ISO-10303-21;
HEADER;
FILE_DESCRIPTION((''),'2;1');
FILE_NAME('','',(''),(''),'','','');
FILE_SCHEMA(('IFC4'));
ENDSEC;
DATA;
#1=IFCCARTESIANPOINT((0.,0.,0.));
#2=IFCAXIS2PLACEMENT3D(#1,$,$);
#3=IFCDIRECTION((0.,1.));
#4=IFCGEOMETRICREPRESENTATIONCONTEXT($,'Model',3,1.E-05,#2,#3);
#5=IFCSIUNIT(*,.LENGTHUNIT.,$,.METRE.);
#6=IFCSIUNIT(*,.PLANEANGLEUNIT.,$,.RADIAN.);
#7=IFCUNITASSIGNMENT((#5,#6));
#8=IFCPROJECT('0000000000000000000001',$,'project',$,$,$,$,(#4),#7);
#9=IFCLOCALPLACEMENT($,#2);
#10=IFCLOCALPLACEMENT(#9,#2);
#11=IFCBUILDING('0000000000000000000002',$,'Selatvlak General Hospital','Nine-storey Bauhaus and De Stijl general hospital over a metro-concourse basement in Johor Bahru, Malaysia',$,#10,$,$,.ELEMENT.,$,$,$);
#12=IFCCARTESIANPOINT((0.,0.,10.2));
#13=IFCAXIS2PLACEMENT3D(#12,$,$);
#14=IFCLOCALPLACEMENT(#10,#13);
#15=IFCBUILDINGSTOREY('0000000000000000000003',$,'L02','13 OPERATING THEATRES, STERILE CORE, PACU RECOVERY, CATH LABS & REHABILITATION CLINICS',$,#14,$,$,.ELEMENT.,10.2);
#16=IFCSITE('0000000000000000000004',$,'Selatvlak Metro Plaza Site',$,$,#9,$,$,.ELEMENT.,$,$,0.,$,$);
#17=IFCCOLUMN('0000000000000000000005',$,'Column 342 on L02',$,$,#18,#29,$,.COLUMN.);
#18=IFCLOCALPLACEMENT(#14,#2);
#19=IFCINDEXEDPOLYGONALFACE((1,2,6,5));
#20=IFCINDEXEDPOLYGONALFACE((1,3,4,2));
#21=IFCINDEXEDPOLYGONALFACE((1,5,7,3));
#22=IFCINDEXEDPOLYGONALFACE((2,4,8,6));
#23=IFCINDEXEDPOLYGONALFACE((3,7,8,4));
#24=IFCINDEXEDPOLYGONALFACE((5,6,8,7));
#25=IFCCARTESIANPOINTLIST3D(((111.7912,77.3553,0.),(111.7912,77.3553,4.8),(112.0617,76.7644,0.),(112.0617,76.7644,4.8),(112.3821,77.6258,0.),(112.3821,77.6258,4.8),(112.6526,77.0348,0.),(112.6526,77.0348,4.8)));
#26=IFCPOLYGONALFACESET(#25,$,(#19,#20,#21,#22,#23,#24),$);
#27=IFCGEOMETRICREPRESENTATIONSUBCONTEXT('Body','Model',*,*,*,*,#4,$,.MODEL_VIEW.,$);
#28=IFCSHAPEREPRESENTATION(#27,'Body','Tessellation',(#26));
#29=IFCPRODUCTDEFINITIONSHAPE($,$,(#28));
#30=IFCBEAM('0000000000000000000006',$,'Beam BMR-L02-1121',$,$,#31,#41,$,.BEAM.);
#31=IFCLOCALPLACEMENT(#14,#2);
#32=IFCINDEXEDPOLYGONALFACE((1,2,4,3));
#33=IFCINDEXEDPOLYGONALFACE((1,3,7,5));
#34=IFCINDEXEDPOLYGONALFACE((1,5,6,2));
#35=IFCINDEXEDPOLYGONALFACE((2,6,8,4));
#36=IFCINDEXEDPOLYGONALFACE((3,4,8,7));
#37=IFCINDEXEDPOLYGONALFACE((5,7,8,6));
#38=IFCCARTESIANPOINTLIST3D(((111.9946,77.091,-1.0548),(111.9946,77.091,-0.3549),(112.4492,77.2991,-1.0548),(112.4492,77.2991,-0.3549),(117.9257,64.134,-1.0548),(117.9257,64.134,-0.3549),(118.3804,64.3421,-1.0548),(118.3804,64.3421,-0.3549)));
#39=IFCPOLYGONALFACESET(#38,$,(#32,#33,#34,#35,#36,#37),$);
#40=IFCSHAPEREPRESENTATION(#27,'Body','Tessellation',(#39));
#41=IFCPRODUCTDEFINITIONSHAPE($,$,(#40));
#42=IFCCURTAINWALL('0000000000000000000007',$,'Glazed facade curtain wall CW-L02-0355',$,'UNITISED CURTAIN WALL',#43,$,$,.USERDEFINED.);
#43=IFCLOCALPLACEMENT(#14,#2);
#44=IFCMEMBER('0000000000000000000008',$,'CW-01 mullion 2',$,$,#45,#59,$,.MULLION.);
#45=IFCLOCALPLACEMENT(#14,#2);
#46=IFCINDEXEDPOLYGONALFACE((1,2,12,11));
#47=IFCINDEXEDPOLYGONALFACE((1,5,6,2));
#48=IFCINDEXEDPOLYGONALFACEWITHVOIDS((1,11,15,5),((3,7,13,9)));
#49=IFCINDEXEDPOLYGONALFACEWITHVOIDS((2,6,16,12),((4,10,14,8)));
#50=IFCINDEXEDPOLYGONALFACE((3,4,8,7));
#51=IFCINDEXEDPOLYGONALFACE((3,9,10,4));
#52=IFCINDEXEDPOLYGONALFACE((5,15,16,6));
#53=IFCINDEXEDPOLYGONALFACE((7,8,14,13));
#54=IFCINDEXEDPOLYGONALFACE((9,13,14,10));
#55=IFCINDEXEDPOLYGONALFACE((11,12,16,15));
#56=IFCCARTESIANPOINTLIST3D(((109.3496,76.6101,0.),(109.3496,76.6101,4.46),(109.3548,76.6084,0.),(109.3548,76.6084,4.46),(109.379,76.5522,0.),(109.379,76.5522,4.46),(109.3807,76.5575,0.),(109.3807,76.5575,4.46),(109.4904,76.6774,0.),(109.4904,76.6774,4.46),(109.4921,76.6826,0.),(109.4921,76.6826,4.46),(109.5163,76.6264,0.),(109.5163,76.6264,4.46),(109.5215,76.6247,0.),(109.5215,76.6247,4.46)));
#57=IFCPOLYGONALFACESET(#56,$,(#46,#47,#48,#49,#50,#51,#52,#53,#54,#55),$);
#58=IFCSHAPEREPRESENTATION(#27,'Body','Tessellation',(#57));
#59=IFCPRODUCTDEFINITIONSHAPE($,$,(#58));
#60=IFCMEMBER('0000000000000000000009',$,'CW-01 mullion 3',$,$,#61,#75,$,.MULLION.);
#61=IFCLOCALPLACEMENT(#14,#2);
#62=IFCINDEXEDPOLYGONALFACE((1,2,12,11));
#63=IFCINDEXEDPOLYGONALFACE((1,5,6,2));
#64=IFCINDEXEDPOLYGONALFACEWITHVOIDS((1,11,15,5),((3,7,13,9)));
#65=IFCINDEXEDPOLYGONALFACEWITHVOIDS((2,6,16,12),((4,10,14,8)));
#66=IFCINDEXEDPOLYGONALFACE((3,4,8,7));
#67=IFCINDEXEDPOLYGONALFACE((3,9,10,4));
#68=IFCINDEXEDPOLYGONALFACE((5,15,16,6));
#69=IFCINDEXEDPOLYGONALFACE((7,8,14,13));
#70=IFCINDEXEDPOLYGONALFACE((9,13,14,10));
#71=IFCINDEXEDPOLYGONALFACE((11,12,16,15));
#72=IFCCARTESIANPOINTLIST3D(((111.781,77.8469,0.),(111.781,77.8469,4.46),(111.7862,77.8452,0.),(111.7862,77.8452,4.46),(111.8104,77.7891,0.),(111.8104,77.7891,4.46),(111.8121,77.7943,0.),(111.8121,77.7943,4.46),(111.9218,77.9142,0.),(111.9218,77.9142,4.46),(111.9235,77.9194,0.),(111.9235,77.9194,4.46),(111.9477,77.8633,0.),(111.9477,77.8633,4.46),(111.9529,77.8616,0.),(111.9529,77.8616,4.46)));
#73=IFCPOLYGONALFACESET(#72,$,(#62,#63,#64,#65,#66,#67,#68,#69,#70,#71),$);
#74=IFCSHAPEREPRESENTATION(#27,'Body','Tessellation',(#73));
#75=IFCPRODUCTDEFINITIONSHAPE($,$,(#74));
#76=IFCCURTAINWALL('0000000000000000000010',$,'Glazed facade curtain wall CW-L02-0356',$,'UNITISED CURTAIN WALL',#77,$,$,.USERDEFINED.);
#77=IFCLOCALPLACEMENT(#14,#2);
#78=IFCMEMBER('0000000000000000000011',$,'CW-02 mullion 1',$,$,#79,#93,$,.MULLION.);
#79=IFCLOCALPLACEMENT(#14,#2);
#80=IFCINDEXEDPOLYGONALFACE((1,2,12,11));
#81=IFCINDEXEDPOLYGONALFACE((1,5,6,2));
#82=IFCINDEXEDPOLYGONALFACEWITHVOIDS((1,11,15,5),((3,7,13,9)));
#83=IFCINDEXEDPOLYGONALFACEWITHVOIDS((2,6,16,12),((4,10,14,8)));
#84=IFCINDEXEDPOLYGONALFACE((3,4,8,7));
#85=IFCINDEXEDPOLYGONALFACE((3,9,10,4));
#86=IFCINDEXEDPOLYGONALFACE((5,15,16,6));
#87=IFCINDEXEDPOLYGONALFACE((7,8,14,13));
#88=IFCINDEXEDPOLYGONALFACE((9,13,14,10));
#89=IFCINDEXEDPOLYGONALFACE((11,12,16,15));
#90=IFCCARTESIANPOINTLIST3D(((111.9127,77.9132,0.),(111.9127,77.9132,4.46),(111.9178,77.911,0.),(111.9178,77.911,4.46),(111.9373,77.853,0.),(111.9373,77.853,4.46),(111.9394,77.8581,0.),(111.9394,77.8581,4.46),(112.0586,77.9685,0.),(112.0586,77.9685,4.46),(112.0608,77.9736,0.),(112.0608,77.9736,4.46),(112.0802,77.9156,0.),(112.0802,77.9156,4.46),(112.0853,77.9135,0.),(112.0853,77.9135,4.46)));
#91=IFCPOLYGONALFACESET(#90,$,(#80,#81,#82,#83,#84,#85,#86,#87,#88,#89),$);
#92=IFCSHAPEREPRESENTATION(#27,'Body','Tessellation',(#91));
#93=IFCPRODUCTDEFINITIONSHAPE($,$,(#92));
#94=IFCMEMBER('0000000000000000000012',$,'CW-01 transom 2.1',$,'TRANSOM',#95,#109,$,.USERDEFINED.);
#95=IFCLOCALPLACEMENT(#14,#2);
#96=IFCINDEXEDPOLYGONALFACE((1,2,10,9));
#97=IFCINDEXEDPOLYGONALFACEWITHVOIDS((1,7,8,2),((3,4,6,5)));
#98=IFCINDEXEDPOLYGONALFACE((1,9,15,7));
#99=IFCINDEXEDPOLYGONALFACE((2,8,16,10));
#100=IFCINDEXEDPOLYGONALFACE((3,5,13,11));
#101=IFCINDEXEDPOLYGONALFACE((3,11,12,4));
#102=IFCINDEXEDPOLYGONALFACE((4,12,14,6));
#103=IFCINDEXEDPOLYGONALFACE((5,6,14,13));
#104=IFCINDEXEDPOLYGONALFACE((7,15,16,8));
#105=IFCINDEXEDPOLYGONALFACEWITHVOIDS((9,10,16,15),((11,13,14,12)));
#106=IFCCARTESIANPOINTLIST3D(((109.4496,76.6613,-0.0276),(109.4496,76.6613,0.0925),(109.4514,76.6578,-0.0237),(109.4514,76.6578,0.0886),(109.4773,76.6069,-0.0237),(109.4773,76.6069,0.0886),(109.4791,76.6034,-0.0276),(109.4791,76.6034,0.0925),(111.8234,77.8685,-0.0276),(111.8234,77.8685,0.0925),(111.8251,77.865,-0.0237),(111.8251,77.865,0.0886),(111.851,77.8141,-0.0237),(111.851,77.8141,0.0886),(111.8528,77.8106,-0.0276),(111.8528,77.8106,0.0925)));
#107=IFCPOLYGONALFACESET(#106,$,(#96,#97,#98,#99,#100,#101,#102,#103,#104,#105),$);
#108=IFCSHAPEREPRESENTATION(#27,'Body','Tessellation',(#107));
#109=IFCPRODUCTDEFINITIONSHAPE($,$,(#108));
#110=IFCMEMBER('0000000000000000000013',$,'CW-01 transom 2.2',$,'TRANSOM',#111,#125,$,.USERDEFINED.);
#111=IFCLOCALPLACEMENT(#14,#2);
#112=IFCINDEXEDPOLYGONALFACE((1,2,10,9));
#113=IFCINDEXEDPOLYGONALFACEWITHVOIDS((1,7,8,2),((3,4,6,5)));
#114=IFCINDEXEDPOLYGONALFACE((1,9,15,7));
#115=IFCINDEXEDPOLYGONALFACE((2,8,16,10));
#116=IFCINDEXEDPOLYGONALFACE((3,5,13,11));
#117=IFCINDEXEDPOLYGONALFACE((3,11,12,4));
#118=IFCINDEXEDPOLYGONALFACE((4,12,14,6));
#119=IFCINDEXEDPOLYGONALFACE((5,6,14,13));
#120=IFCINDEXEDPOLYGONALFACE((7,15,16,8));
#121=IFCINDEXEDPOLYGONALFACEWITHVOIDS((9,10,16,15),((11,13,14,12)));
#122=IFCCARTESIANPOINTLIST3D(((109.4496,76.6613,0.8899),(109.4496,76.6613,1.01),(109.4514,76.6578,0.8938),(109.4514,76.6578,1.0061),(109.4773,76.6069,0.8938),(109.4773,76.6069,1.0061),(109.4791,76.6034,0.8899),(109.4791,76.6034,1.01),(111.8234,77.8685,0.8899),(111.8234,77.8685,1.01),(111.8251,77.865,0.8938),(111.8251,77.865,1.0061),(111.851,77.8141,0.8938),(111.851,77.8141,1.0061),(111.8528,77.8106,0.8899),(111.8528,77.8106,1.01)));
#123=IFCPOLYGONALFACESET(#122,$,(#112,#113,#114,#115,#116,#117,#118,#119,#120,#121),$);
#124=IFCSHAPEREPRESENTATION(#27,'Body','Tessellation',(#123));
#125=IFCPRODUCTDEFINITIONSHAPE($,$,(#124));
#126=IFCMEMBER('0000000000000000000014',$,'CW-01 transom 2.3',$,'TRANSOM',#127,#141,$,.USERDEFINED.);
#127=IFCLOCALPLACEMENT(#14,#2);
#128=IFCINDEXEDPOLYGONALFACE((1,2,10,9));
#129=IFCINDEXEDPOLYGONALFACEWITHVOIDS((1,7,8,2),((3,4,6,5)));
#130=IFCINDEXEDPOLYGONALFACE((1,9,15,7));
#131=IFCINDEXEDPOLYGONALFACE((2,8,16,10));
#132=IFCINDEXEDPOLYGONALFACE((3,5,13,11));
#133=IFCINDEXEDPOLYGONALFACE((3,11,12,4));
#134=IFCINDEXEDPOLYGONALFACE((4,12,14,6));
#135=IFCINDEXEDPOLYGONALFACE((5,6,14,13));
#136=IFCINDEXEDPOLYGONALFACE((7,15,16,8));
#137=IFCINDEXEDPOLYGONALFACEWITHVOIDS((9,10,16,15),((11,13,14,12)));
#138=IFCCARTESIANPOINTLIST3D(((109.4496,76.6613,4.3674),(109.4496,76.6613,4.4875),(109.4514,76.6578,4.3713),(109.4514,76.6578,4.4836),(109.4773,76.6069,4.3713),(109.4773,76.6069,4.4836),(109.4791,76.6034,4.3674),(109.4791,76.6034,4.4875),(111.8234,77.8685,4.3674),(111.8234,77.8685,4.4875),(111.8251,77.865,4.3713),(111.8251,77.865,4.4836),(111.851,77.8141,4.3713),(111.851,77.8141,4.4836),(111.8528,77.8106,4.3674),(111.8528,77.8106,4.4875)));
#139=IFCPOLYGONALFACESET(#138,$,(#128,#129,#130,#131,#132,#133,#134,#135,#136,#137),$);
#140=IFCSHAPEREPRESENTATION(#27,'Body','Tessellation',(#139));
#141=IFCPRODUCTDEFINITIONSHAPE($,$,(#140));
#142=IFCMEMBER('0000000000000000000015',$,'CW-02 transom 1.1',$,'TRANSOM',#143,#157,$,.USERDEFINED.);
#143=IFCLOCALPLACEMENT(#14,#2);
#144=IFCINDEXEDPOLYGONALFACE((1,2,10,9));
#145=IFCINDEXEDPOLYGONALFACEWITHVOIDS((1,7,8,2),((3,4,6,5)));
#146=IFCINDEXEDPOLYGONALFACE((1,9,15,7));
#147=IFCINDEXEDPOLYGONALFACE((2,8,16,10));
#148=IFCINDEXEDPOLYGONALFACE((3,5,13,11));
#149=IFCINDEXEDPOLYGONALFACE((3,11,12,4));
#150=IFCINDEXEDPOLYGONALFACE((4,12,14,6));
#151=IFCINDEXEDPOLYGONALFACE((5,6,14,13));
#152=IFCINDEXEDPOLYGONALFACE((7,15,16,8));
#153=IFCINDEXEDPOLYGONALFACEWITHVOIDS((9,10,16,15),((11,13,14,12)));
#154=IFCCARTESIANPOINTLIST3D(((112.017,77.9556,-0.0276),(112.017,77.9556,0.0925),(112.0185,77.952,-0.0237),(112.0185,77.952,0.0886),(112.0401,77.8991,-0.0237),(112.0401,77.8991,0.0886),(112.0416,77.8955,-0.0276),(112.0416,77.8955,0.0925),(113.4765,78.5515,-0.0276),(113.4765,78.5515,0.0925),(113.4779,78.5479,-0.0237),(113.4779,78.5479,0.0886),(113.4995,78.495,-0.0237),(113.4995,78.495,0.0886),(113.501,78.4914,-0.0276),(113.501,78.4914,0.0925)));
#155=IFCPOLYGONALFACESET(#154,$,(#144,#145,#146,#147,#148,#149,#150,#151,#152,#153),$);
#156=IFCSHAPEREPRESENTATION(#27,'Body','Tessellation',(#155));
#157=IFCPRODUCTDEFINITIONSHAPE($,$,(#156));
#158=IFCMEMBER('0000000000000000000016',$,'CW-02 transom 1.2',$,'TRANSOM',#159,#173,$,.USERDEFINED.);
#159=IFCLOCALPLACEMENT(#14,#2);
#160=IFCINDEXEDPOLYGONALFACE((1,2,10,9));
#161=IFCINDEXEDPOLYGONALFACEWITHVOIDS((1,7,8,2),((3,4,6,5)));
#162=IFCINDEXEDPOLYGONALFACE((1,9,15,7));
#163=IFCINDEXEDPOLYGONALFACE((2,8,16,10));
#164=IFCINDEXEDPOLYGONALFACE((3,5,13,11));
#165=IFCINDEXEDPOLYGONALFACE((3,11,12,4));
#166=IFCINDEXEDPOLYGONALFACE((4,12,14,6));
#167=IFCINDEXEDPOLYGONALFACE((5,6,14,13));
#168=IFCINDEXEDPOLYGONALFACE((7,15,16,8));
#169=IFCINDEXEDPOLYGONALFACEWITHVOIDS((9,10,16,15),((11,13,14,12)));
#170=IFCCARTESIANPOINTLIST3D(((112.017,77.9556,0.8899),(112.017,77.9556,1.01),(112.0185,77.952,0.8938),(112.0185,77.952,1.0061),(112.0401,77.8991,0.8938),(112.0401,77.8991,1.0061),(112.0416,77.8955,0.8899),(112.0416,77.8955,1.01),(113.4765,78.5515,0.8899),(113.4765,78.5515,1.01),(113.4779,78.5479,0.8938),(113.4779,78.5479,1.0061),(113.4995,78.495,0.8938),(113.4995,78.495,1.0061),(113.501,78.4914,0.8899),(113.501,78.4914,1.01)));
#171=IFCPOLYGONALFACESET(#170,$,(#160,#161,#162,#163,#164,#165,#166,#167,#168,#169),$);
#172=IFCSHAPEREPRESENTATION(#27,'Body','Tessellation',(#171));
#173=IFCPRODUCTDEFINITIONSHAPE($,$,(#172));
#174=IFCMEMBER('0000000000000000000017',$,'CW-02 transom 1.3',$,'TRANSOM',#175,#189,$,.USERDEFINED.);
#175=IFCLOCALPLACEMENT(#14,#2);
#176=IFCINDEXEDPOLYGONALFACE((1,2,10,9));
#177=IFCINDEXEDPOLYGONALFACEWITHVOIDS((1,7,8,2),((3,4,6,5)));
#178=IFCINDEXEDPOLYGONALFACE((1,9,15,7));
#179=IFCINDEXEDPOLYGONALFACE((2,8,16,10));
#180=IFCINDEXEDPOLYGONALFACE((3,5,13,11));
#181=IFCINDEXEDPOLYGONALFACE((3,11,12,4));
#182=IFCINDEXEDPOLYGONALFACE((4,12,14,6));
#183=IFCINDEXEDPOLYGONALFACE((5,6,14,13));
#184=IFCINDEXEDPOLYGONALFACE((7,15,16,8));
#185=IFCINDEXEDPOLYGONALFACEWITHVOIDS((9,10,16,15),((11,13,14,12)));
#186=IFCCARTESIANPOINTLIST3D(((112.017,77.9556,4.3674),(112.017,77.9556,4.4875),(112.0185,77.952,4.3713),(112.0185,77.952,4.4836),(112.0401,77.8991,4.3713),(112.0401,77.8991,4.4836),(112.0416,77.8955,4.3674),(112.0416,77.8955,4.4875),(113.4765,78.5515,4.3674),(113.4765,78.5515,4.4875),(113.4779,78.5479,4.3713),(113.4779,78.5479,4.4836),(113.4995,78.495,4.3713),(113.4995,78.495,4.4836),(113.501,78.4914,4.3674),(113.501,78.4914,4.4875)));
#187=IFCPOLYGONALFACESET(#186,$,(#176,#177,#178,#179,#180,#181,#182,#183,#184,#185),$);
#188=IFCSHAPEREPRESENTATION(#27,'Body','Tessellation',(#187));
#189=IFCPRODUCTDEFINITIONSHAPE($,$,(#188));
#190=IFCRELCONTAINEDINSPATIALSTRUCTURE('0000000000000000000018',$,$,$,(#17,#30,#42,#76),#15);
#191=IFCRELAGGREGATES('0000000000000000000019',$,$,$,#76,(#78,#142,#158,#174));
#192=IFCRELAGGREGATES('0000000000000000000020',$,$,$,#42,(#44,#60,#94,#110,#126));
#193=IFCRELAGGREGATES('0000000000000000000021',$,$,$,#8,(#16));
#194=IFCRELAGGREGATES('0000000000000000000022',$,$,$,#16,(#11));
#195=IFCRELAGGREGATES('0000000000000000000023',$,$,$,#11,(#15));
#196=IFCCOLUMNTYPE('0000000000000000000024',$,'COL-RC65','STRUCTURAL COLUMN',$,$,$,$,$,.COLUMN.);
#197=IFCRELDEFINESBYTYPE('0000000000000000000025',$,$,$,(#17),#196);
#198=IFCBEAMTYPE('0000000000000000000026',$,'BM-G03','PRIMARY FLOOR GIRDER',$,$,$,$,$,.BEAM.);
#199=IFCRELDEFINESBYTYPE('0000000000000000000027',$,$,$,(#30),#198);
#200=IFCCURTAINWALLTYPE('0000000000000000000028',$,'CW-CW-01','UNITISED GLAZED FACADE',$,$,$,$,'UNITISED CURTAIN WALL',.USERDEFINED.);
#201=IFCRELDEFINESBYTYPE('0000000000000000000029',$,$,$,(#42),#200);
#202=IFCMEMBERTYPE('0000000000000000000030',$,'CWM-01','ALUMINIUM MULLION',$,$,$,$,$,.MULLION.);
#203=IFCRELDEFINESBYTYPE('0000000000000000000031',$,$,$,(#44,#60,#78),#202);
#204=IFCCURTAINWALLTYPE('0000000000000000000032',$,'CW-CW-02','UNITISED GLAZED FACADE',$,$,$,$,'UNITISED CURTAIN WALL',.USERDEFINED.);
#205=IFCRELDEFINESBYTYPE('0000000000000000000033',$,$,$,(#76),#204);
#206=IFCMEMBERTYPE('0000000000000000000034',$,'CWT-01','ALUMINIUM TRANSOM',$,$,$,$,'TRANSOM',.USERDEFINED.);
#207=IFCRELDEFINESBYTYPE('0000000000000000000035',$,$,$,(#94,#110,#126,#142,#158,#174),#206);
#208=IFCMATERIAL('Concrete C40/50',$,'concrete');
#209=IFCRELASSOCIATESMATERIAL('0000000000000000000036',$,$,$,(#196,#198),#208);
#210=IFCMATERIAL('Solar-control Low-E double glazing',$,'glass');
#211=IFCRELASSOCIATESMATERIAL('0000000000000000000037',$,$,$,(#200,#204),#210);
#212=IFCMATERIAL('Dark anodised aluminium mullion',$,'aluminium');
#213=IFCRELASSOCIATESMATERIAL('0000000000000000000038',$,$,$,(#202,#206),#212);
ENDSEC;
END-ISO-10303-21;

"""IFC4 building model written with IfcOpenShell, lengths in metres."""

from ifc_helpers import new_model, si_unit, direction, frame, origin, origin_2d, place, context, subcontext, project, spatial, rectangle, hollow_rectangle, extrude, material, material_profile, profile_set, type_object, element, aggregate, save


model = new_model("IFC4")

# Units and contexts
model_context = context("Model", 3, precision=1e-05, world=origin(), true_north=direction((0.0, 1.0)))
body_context = subcontext(model_context, "Body", "Model", "MODEL_VIEW")
ifc_project = project(units=[si_unit("LENGTHUNIT", "METRE"), si_unit("PLANEANGLEUNIT", "RADIAN")], contexts=[model_context])

# Site, building, storey
site_placement = place(None, origin())
site = spatial("IfcSite", under=ifc_project, at=site_placement, Name="Selatvlak Metro Plaza Site", CompositionType="ELEMENT", RefElevation=0.0)
building_placement = place(site_placement, origin())
building = spatial("IfcBuilding", under=site, at=building_placement, Name="Selatvlak General Hospital", Description="Nine-storey Bauhaus and De Stijl general hospital over a metro-concourse basement in Johor Bahru, Malaysia", CompositionType="ELEMENT")
storey_placement = place(building_placement, frame((0.0, 0.0, 10.2)))
storey = spatial("IfcBuildingStorey", under=building, at=storey_placement, Name="L02", Description="13 OPERATING THEATRES, STERILE CORE, PACU RECOVERY, CATH LABS & REHABILITATION CLINICS", CompositionType="ELEMENT", Elevation=10.2)

# Column
ifc_material_1 = material(Name="Concrete C40/50", Category="concrete")
ifc_material_profile_1 = material_profile(ifc_material_1, rectangle(XDim=0.6499, YDim=0.6499, at=origin_2d()), Name="RC-COL 650x650")
ifc_profile_set_1 = profile_set([ifc_material_profile_1], Name="Concrete C40/50")
column_type = type_object("IfcColumnType", Name="COL-RC65", Description="STRUCTURAL COLUMN", PredefinedType="COLUMN", material=ifc_profile_set_1)
column_placement = place(storey_placement, frame((112.2219, 77.1951, 0.0), z_axis=(0.0, 0.0, 1.0), x_axis=(-0.416201, 0.909272, 0.0)))
element("IfcColumn", 1, at=column_placement, inside=storey, type_object=column_type, Name="Column 342 on L02", PredefinedType="COLUMN", context=body_context, shape_type="SweptSolid", body=[
    extrude(rectangle(XDim=0.6499, YDim=0.6499, at=origin_2d()), origin(), (0.0, 0.0, 1.0), 4.8),
])

# Beam
ifc_material_profile_2 = material_profile(ifc_material_1, rectangle(XDim=0.5, YDim=0.7, at=origin_2d()), Name="RC-BM 500x700")
ifc_profile_set_2 = profile_set([ifc_material_profile_2], Name="Concrete C40/50")
beam_type = type_object("IfcBeamType", Name="BM-G03", Description="PRIMARY FLOOR GIRDER", PredefinedType="BEAM", material=ifc_profile_set_2)
beam_placement = place(storey_placement, frame((112.2219, 77.1951, -0.7048), z_axis=(0.41622, -0.909264, 0.0), x_axis=(0.909264, 0.41622, 0.0)))
element("IfcBeam", 2, at=beam_placement, inside=storey, type_object=beam_type, Name="Beam BMR-L02-1121", PredefinedType="BEAM", context=body_context, shape_type="SweptSolid", body=[
    extrude(rectangle(XDim=0.5, YDim=0.7, at=origin_2d()), origin(), (0.0, 0.0, 1.0), 14.25),
])

# Curtain wall, members
ifc_material_2 = material(Name="Solar-control Low-E double glazing", Category="glass")
curtain_wall_type_1 = type_object("IfcCurtainWallType", Name="CW-CW-01", Description="UNITISED GLAZED FACADE", ElementType="UNITISED CURTAIN WALL", PredefinedType="USERDEFINED", material=ifc_material_2)
curtain_wall_1_placement = place(storey_placement, origin())
curtain_wall_1 = element("IfcCurtainWall", 3, at=curtain_wall_1_placement, inside=storey, type_object=curtain_wall_type_1, Name="Glazed facade curtain wall CW-L02-0355", ObjectType="UNITISED CURTAIN WALL", PredefinedType="USERDEFINED")
ifc_material_3 = material(Name="Dark anodised aluminium mullion", Category="aluminium")
ifc_material_profile_3 = material_profile(ifc_material_3, hollow_rectangle(XDim=0.0649, YDim=0.1599, WallThickness=0.0039, at=origin_2d()), Name="AL-MUL 65x160x4")
ifc_profile_set_3 = profile_set([ifc_material_profile_3], Name="Dark anodised aluminium mullion")
member_type_1 = type_object("IfcMemberType", Name="CWM-01", Description="ALUMINIUM MULLION", PredefinedType="MULLION", material=ifc_profile_set_3)
member_1_placement = place(storey_placement, frame((109.4355, 76.6174, 0.0), z_axis=(0.0, 0.0, 1.0), x_axis=(-0.453361, 0.891327, 0.0)))
member_1 = element("IfcMember", 4, at=member_1_placement, type_object=member_type_1, Name="CW-01 mullion 2", PredefinedType="MULLION", context=body_context, shape_type="SweptSolid", body=[
    extrude(hollow_rectangle(XDim=0.0649, YDim=0.1599, WallThickness=0.0039, at=origin_2d()), origin(), (0.0, 0.0, 1.0), 4.46),
])
member_2_placement = place(storey_placement, frame((111.8669, 77.8542, 0.0), z_axis=(0.0, 0.0, 1.0), x_axis=(-0.453361, 0.891327, 0.0)))
member_2 = element("IfcMember", 5, at=member_2_placement, type_object=member_type_1, Name="CW-01 mullion 3", PredefinedType="MULLION", context=body_context, shape_type="SweptSolid", body=[
    extrude(hollow_rectangle(XDim=0.0649, YDim=0.1599, WallThickness=0.0039, at=origin_2d()), origin(), (0.0, 0.0, 1.0), 4.46),
])

# Curtain wall, member
curtain_wall_type_2 = type_object("IfcCurtainWallType", Name="CW-CW-02", Description="UNITISED GLAZED FACADE", ElementType="UNITISED CURTAIN WALL", PredefinedType="USERDEFINED", material=ifc_material_2)
curtain_wall_2_placement = place(storey_placement, origin())
curtain_wall_2 = element("IfcCurtainWall", 6, at=curtain_wall_2_placement, inside=storey, type_object=curtain_wall_type_2, Name="Glazed facade curtain wall CW-L02-0356", ObjectType="UNITISED CURTAIN WALL", PredefinedType="USERDEFINED")
member_3_placement = place(storey_placement, frame((111.999, 77.9133, 0.0), z_axis=(0.0, 0.0, 1.0), x_axis=(-0.377948, 0.925827, 0.0)))
member_3 = element("IfcMember", 7, at=member_3_placement, type_object=member_type_1, Name="CW-02 mullion 1", PredefinedType="MULLION", context=body_context, shape_type="SweptSolid", body=[
    extrude(hollow_rectangle(XDim=0.0649, YDim=0.1599, WallThickness=0.0039, at=origin_2d()), origin(), (0.0, 0.0, 1.0), 4.46),
])

# Members
ifc_material_profile_4 = material_profile(ifc_material_3, hollow_rectangle(XDim=0.0649, YDim=0.1201, WallThickness=0.0039, at=origin_2d()), Name="AL-TRN 65x120x4")
ifc_profile_set_4 = profile_set([ifc_material_profile_4], Name="Dark anodised aluminium mullion")
member_type_2 = type_object("IfcMemberType", Name="CWT-01", Description="ALUMINIUM TRANSOM", ElementType="TRANSOM", PredefinedType="USERDEFINED", material=ifc_profile_set_4)
member_4_placement = place(storey_placement, frame((109.4644, 76.6323, 0.0325), z_axis=(0.891344, 0.453327, 0.0), x_axis=(-0.453327, 0.891344, 0.0)))
member_4 = element("IfcMember", 8, at=member_4_placement, type_object=member_type_2, Name="CW-01 transom 2.1", ObjectType="TRANSOM", PredefinedType="USERDEFINED", context=body_context, shape_type="SweptSolid", body=[
    extrude(hollow_rectangle(XDim=0.0649, YDim=0.1201, WallThickness=0.0039, at=origin_2d()), origin(), (0.0, 0.0, 1.0), 2.6631),
])
member_5_placement = place(storey_placement, frame((109.4644, 76.6323, 0.95), z_axis=(0.891344, 0.453327, 0.0), x_axis=(-0.453327, 0.891344, 0.0)))
member_5 = element("IfcMember", 9, at=member_5_placement, type_object=member_type_2, Name="CW-01 transom 2.2", ObjectType="TRANSOM", PredefinedType="USERDEFINED", context=body_context, shape_type="SweptSolid", body=[
    extrude(hollow_rectangle(XDim=0.0649, YDim=0.1201, WallThickness=0.0039, at=origin_2d()), origin(), (0.0, 0.0, 1.0), 2.6631),
])
member_6_placement = place(storey_placement, frame((109.4644, 76.6323, 4.4275), z_axis=(0.891344, 0.453327, 0.0), x_axis=(-0.453327, 0.891344, 0.0)))
member_6 = element("IfcMember", 10, at=member_6_placement, type_object=member_type_2, Name="CW-01 transom 2.3", ObjectType="TRANSOM", PredefinedType="USERDEFINED", context=body_context, shape_type="SweptSolid", body=[
    extrude(hollow_rectangle(XDim=0.0649, YDim=0.1201, WallThickness=0.0039, at=origin_2d()), origin(), (0.0, 0.0, 1.0), 2.6631),
])
member_7_placement = place(storey_placement, frame((112.0293, 77.9255, 0.0325), z_axis=(0.925793, 0.37803, 0.0), x_axis=(-0.37803, 0.925793, 0.0)))
member_7 = element("IfcMember", 11, at=member_7_placement, type_object=member_type_2, Name="CW-02 transom 1.1", ObjectType="TRANSOM", PredefinedType="USERDEFINED", context=body_context, shape_type="SweptSolid", body=[
    extrude(hollow_rectangle(XDim=0.0649, YDim=0.1201, WallThickness=0.0039, at=origin_2d()), origin(), (0.0, 0.0, 1.0), 1.5764),
])
member_8_placement = place(storey_placement, frame((112.0293, 77.9255, 0.95), z_axis=(0.925793, 0.37803, 0.0), x_axis=(-0.37803, 0.925793, 0.0)))
member_8 = element("IfcMember", 12, at=member_8_placement, type_object=member_type_2, Name="CW-02 transom 1.2", ObjectType="TRANSOM", PredefinedType="USERDEFINED", context=body_context, shape_type="SweptSolid", body=[
    extrude(hollow_rectangle(XDim=0.0649, YDim=0.1201, WallThickness=0.0039, at=origin_2d()), origin(), (0.0, 0.0, 1.0), 1.5764),
])
member_9_placement = place(storey_placement, frame((112.0293, 77.9255, 4.4275), z_axis=(0.925793, 0.37803, 0.0), x_axis=(-0.37803, 0.925793, 0.0)))
member_9 = element("IfcMember", 13, at=member_9_placement, type_object=member_type_2, Name="CW-02 transom 1.3", ObjectType="TRANSOM", PredefinedType="USERDEFINED", context=body_context, shape_type="SweptSolid", body=[
    extrude(hollow_rectangle(XDim=0.0649, YDim=0.1201, WallThickness=0.0039, at=origin_2d()), origin(), (0.0, 0.0, 1.0), 1.5764),
])
aggregate(curtain_wall_2, [member_3, member_7, member_8, member_9])

aggregate(curtain_wall_1, [member_1, member_2, member_4, member_5, member_6])

save(model, "model.ifc")
